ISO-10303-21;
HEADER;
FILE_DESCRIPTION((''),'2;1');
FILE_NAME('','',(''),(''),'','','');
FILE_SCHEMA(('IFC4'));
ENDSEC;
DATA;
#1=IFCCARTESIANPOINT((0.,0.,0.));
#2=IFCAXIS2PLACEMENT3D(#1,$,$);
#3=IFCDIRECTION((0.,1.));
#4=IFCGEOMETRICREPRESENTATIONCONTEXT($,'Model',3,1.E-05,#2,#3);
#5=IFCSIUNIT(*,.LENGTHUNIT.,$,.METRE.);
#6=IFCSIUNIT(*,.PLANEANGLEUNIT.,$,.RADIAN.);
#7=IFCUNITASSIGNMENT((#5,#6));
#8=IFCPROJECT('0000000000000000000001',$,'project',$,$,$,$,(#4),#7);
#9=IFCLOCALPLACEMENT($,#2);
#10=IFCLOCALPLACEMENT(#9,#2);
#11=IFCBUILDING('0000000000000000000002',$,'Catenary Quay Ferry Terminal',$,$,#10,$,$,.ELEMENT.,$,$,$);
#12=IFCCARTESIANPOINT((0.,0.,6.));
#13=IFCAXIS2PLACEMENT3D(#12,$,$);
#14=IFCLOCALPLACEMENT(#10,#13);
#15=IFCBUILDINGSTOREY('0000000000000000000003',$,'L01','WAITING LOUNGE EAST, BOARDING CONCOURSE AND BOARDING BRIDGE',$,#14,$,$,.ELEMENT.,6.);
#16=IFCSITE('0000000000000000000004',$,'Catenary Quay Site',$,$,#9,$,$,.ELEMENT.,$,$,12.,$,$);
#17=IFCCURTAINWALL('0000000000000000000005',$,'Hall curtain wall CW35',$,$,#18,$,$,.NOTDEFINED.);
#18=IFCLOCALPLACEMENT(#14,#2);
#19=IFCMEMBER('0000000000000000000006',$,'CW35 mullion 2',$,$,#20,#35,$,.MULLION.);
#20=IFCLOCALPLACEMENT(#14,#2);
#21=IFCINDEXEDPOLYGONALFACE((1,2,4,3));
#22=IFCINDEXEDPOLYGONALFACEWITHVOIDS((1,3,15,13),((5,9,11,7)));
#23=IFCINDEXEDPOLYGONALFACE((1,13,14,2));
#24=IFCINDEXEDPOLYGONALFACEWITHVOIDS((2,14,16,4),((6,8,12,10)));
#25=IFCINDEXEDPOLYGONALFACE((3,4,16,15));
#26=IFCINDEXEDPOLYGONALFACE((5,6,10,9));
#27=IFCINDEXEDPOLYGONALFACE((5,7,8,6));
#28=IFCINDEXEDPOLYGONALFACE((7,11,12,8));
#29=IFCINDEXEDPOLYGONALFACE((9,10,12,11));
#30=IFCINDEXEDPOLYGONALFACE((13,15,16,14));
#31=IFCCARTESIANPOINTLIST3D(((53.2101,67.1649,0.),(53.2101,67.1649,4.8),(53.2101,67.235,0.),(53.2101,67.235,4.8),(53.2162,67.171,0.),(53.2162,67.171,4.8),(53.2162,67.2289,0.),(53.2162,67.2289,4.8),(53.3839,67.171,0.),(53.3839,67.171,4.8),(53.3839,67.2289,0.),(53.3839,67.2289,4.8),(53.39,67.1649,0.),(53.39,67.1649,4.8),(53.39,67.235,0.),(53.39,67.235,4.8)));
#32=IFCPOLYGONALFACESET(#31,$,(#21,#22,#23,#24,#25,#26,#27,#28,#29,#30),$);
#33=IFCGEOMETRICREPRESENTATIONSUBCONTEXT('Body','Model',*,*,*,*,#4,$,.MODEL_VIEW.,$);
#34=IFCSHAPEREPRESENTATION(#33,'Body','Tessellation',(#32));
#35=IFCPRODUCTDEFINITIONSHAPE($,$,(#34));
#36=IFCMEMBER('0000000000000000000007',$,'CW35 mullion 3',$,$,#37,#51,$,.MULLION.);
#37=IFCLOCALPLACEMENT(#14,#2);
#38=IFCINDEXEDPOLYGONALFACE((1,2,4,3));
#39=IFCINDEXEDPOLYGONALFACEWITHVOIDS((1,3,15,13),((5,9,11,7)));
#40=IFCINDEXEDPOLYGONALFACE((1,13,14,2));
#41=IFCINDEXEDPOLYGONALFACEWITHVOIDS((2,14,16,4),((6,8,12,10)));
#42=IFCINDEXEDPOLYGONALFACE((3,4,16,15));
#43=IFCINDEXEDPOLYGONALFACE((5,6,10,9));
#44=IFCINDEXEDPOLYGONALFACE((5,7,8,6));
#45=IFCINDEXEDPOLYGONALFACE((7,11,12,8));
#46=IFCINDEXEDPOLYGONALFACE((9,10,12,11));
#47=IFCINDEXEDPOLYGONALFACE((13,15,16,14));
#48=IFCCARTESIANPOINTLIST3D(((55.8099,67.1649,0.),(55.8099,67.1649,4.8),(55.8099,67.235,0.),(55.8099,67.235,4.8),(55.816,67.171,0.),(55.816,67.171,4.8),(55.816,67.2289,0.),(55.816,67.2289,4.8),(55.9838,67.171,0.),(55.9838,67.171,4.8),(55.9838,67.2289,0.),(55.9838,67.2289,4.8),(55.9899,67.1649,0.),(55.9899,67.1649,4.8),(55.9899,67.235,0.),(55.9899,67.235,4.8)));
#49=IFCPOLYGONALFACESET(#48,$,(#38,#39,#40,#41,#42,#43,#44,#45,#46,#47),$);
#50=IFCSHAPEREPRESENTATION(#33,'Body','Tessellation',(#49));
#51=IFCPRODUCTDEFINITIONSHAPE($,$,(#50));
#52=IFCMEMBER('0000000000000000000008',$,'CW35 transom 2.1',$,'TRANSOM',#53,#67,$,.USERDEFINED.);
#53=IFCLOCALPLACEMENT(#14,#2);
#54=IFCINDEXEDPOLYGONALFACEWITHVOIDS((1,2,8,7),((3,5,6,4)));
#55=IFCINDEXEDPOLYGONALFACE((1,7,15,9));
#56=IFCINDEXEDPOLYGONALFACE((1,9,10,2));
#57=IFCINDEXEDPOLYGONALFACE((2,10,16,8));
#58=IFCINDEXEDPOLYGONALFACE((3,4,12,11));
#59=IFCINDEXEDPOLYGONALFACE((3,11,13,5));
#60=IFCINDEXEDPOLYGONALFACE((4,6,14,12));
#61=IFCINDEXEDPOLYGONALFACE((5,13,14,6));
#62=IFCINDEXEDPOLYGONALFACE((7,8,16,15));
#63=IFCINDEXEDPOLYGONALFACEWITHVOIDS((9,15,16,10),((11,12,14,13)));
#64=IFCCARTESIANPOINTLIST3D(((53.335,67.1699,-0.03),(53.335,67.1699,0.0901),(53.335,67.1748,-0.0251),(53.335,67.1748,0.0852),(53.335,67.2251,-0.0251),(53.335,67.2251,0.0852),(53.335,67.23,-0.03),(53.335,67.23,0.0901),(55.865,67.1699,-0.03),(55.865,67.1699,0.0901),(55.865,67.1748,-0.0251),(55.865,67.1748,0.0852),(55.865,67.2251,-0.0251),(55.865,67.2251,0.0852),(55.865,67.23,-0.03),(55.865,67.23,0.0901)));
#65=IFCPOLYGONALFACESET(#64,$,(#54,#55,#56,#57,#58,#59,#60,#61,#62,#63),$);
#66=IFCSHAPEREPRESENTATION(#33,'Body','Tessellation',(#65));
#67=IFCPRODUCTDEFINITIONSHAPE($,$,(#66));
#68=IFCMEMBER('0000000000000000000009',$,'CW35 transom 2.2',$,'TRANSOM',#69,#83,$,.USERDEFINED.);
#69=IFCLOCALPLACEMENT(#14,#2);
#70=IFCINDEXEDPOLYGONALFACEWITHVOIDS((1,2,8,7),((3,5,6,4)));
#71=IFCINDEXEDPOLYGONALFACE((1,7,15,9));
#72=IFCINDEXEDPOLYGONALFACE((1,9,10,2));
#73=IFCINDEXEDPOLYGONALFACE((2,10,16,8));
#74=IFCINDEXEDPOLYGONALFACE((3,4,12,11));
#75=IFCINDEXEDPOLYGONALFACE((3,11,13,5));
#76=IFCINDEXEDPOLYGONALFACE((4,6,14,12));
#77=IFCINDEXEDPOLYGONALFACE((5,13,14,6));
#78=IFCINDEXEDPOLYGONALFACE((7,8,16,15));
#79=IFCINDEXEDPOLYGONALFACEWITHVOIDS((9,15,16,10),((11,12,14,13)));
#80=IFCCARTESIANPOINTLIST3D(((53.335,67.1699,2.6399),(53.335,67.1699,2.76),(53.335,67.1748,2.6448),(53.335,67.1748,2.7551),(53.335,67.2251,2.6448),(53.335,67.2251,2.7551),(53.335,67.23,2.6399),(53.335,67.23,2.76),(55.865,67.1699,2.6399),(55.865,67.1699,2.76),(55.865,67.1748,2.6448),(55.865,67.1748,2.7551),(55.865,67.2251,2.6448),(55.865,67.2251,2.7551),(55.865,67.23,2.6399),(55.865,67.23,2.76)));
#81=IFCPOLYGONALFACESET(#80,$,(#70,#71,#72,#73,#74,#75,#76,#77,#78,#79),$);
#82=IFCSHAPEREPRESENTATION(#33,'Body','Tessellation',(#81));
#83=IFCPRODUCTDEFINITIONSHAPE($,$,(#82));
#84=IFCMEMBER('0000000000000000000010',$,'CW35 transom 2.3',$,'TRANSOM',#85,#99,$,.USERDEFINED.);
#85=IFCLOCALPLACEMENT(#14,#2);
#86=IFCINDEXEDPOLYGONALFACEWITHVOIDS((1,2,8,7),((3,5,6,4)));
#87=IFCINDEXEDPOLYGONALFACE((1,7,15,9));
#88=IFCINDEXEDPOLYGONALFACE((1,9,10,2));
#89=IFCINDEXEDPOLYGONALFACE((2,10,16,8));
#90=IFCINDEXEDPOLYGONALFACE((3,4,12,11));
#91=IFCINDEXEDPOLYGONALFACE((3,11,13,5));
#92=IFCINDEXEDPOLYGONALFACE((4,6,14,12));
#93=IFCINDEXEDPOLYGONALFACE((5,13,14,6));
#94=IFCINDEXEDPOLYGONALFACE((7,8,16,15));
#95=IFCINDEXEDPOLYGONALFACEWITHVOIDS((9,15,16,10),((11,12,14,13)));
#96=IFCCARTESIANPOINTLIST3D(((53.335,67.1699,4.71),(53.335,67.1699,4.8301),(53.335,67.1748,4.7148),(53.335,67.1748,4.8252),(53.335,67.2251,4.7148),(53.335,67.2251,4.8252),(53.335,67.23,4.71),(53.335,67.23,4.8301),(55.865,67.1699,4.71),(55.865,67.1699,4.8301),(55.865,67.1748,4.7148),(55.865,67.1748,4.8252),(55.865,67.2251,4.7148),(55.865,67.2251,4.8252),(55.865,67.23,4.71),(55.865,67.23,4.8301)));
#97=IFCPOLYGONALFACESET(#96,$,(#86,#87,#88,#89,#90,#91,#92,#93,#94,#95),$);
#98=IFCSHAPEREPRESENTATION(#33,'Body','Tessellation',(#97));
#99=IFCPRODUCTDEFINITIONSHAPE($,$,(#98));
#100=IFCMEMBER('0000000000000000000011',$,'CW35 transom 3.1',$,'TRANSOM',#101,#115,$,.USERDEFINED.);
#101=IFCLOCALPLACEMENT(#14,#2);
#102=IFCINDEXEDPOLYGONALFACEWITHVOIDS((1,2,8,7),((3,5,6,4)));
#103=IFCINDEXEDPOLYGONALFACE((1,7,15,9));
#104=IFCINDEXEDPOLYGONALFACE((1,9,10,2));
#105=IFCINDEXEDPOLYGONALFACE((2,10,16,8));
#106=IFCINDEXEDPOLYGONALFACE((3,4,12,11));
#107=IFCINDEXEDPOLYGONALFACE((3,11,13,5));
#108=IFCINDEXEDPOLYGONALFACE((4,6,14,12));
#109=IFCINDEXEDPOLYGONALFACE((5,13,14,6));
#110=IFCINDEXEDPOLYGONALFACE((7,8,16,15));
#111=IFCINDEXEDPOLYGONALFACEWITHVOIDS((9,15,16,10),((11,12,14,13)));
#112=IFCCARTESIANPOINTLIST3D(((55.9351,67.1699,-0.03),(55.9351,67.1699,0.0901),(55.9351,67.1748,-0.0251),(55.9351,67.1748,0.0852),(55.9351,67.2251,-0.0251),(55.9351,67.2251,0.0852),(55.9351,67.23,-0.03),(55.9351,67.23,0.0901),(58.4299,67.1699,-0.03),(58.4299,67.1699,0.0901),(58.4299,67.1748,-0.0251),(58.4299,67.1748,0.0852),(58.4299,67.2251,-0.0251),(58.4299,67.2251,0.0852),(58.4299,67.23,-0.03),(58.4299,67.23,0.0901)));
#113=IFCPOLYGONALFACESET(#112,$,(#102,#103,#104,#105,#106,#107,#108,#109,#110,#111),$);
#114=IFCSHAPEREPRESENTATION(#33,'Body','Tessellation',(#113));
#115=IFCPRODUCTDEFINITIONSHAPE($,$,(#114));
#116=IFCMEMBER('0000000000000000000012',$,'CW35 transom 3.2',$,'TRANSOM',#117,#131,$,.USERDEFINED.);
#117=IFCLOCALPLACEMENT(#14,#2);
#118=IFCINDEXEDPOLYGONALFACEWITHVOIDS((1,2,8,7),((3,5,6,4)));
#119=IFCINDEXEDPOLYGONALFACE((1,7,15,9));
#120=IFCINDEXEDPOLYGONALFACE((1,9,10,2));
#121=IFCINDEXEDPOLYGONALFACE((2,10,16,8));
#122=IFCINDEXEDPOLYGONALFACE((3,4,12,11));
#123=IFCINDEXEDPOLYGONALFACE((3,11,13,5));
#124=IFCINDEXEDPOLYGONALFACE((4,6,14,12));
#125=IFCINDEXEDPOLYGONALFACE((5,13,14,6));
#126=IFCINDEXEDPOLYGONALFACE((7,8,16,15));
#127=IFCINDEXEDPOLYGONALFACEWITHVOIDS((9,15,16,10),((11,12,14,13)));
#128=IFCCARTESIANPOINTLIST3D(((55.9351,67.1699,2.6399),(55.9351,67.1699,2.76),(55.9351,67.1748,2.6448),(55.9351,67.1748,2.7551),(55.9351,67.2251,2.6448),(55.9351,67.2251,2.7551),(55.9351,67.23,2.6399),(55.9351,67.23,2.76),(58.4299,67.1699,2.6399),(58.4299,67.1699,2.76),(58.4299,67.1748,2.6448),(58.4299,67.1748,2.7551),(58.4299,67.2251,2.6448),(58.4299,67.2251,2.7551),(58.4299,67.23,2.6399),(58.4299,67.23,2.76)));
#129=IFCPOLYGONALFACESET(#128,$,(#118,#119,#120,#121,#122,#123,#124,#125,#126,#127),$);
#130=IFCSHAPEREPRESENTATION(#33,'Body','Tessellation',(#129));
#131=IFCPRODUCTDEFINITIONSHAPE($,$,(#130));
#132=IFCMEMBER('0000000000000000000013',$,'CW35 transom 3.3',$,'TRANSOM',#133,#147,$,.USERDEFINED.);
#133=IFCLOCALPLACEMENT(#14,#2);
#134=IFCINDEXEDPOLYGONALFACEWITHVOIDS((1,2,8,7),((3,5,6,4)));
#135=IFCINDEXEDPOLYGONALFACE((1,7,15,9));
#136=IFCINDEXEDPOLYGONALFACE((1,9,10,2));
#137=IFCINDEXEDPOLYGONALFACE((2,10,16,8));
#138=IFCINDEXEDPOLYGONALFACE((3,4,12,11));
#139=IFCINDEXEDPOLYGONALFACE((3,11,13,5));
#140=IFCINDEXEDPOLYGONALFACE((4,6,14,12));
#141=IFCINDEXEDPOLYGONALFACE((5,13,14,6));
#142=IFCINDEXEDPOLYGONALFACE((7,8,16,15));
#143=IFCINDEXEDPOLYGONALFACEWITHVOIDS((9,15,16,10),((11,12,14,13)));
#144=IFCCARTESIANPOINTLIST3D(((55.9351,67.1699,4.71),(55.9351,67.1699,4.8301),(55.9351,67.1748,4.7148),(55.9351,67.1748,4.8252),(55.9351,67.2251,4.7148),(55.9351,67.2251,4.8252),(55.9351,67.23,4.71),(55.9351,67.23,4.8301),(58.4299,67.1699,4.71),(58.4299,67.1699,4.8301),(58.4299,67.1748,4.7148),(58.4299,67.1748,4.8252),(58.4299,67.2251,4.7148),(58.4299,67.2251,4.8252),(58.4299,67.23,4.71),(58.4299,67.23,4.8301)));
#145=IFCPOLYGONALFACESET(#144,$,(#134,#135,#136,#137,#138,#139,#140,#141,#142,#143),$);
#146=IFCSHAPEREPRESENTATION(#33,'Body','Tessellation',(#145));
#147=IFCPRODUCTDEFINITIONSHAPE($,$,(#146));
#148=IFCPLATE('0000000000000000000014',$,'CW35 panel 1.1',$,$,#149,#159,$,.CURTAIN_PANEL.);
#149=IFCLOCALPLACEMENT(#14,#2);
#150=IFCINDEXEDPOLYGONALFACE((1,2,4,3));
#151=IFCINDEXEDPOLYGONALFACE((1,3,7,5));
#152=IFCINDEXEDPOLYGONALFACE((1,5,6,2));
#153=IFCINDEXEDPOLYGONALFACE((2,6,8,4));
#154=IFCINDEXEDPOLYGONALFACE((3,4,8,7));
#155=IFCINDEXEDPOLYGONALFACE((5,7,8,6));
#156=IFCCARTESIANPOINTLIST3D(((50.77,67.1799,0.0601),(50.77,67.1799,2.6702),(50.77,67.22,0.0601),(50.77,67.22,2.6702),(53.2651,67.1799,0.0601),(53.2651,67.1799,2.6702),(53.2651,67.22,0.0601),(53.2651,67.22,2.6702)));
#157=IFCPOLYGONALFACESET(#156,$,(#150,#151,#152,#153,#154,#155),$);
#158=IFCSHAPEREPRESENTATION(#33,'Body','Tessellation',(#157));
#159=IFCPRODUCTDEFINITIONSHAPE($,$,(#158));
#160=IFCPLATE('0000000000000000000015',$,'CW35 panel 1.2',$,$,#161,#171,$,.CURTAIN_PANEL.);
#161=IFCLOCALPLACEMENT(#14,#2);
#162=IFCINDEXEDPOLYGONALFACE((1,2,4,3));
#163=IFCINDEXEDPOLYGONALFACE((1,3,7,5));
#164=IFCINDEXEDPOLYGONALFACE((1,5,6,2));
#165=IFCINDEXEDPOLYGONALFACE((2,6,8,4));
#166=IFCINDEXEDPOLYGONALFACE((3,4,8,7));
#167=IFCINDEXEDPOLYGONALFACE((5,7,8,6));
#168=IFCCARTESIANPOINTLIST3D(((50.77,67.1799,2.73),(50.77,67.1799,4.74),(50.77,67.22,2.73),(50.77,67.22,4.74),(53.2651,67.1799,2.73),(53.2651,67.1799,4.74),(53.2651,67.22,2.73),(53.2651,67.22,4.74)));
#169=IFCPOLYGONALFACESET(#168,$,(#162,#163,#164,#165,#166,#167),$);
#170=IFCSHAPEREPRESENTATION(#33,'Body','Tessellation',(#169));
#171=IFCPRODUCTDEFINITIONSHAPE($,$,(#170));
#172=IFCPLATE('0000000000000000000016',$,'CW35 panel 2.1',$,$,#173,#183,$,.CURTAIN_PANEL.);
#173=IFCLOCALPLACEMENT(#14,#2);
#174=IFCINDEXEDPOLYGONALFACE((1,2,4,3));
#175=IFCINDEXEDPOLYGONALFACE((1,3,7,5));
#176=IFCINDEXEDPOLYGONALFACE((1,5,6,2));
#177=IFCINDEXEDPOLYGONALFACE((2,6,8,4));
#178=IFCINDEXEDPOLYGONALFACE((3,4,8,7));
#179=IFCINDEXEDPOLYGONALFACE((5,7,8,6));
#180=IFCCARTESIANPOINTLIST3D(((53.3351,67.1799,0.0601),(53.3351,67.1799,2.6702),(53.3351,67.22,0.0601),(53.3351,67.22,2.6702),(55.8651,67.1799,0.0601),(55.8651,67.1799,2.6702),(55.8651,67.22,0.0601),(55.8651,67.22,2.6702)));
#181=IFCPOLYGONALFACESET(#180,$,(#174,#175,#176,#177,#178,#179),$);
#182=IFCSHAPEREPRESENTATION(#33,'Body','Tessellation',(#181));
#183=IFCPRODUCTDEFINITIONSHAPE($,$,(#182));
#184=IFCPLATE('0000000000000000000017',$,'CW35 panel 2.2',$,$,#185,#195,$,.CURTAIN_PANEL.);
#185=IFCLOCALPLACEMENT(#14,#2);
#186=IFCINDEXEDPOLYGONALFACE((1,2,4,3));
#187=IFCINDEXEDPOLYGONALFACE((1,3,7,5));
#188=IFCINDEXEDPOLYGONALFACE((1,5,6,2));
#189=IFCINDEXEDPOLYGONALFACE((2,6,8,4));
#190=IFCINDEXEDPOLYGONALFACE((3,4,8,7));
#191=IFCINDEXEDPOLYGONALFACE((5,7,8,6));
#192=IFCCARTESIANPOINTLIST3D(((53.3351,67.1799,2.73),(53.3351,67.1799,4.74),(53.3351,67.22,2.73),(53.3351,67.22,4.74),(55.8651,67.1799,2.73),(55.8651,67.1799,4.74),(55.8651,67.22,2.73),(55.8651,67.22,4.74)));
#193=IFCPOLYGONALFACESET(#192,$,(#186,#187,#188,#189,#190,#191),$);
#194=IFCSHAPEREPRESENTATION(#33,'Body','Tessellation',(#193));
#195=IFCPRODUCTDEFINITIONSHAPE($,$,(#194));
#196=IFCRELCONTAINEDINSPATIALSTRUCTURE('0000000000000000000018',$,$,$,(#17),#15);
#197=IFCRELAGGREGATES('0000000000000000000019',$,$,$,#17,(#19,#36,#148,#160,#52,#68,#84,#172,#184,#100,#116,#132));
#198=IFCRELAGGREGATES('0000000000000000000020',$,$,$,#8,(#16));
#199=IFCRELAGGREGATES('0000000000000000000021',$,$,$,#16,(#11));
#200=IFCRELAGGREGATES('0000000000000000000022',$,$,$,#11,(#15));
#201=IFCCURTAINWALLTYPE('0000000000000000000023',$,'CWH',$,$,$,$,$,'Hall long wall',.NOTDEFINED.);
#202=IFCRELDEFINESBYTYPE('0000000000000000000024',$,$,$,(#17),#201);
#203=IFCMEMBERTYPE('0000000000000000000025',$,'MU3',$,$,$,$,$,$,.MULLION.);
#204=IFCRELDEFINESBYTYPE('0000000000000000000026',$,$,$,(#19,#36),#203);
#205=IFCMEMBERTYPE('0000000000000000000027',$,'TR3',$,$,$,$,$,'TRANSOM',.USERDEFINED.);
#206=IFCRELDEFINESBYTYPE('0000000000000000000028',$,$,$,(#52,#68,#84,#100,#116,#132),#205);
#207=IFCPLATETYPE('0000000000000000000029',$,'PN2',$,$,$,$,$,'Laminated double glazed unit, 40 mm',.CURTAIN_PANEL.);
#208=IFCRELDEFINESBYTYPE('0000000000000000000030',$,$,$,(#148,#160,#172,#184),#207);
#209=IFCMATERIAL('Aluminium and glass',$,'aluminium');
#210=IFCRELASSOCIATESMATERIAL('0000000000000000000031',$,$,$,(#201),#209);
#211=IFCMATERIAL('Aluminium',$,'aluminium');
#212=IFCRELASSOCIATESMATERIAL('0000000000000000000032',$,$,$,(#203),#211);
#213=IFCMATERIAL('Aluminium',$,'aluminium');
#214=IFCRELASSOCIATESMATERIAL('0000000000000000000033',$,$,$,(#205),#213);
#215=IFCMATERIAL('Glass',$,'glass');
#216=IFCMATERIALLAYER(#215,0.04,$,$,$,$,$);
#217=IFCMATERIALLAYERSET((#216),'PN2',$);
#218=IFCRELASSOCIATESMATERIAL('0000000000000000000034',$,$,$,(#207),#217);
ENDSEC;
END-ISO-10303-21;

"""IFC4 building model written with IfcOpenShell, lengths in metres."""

from ifc_helpers import new_model, si_unit, direction, frame, origin, origin_2d, place, context, subcontext, project, spatial, rectangle, hollow_rectangle, extrude, material, layer, layer_set, material_profile, profile_set, type_object, element, aggregate, save


model = new_model("IFC4")

# Units and contexts
model_context = context("Model", 3, precision=1e-05, world=origin(), true_north=direction((0.0, 1.0)))
body_context = subcontext(model_context, "Body", "Model", "MODEL_VIEW")
ifc_project = project(units=[si_unit("LENGTHUNIT", "METRE"), si_unit("PLANEANGLEUNIT", "RADIAN")], contexts=[model_context])

# Site, building, storey
site_placement = place(None, origin())
site = spatial("IfcSite", under=ifc_project, at=site_placement, Name="Catenary Quay Site", CompositionType="ELEMENT", RefElevation=12.0)
building_placement = place(site_placement, origin())
building = spatial("IfcBuilding", under=site, at=building_placement, Name="Catenary Quay Ferry Terminal", CompositionType="ELEMENT")
storey_placement = place(building_placement, frame((0.0, 0.0, 6.0)))
storey = spatial("IfcBuildingStorey", under=building, at=storey_placement, Name="L01", Description="WAITING LOUNGE EAST, BOARDING CONCOURSE AND BOARDING BRIDGE", CompositionType="ELEMENT", Elevation=6.0)

# Curtain wall, members, plates
ifc_material_1 = material(Name="Aluminium and glass", Category="aluminium")
curtain_wall_type = type_object("IfcCurtainWallType", Name="CWH", ElementType="Hall long wall", PredefinedType="NOTDEFINED", material=ifc_material_1)
curtain_wall_placement = place(storey_placement, origin())
curtain_wall = element("IfcCurtainWall", 1, at=curtain_wall_placement, inside=storey, type_object=curtain_wall_type, Name="Hall curtain wall CW35", PredefinedType="NOTDEFINED")
ifc_material_2 = material(Name="Aluminium", Category="aluminium")
ifc_material_profile_1 = material_profile(ifc_material_2, hollow_rectangle(XDim=0.0701, YDim=0.1799, WallThickness=0.0061, at=origin_2d()), Name="MU3")
ifc_profile_set_1 = profile_set([ifc_material_profile_1], Name="Aluminium")
member_type_1 = type_object("IfcMemberType", Name="MU3", PredefinedType="MULLION", material=ifc_profile_set_1)
member_1_placement = place(storey_placement, frame((53.3, 67.2, 0.0), z_axis=(0.0, 0.0, 1.0), x_axis=(0.0, 1.0, 0.0)))
member_1 = element("IfcMember", 2, at=member_1_placement, type_object=member_type_1, Name="CW35 mullion 2", PredefinedType="MULLION", context=body_context, shape_type="SweptSolid", body=[
    extrude(hollow_rectangle(XDim=0.0701, YDim=0.1799, WallThickness=0.0061, at=origin_2d()), origin(), (0.0, 0.0, 1.0), 4.8),
])
member_2_placement = place(storey_placement, frame((55.8999, 67.2, 0.0), z_axis=(0.0, 0.0, 1.0), x_axis=(0.0, 1.0, 0.0)))
member_2 = element("IfcMember", 3, at=member_2_placement, type_object=member_type_1, Name="CW35 mullion 3", PredefinedType="MULLION", context=body_context, shape_type="SweptSolid", body=[
    extrude(hollow_rectangle(XDim=0.0701, YDim=0.1799, WallThickness=0.0061, at=origin_2d()), origin(), (0.0, 0.0, 1.0), 4.8),
])
ifc_material_3 = material(Name="Aluminium", Category="aluminium")
ifc_material_profile_2 = material_profile(ifc_material_3, hollow_rectangle(XDim=0.0601, YDim=0.1201, WallThickness=0.0049, at=origin_2d()), Name="TR3")
ifc_profile_set_2 = profile_set([ifc_material_profile_2], Name="Aluminium")
member_type_2 = type_object("IfcMemberType", Name="TR3", ElementType="TRANSOM", PredefinedType="USERDEFINED", material=ifc_profile_set_2)
member_3_placement = place(storey_placement, frame((53.335, 67.2, 0.03), z_axis=(1.0, 0.0, 0.0), x_axis=(0.0, 1.0, 0.0)))
member_3 = element("IfcMember", 4, at=member_3_placement, type_object=member_type_2, Name="CW35 transom 2.1", ObjectType="TRANSOM", PredefinedType="USERDEFINED", context=body_context, shape_type="SweptSolid", body=[
    extrude(hollow_rectangle(XDim=0.0601, YDim=0.1201, WallThickness=0.0049, at=origin_2d()), origin(), (0.0, 0.0, 1.0), 2.53),
])
member_4_placement = place(storey_placement, frame((53.335, 67.2, 2.7), z_axis=(1.0, 0.0, 0.0), x_axis=(0.0, 1.0, 0.0)))
member_4 = element("IfcMember", 5, at=member_4_placement, type_object=member_type_2, Name="CW35 transom 2.2", ObjectType="TRANSOM", PredefinedType="USERDEFINED", context=body_context, shape_type="SweptSolid", body=[
    extrude(hollow_rectangle(XDim=0.0601, YDim=0.1201, WallThickness=0.0049, at=origin_2d()), origin(), (0.0, 0.0, 1.0), 2.53),
])
member_5_placement = place(storey_placement, frame((53.335, 67.2, 4.77), z_axis=(1.0, 0.0, 0.0), x_axis=(0.0, 1.0, 0.0)))
member_5 = element("IfcMember", 6, at=member_5_placement, type_object=member_type_2, Name="CW35 transom 2.3", ObjectType="TRANSOM", PredefinedType="USERDEFINED", context=body_context, shape_type="SweptSolid", body=[
    extrude(hollow_rectangle(XDim=0.0601, YDim=0.1201, WallThickness=0.0049, at=origin_2d()), origin(), (0.0, 0.0, 1.0), 2.53),
])
member_6_placement = place(storey_placement, frame((55.9351, 67.2, 0.03), z_axis=(1.0, 0.0, 0.0), x_axis=(0.0, 1.0, 0.0)))
member_6 = element("IfcMember", 7, at=member_6_placement, type_object=member_type_2, Name="CW35 transom 3.1", ObjectType="TRANSOM", PredefinedType="USERDEFINED", context=body_context, shape_type="SweptSolid", body=[
    extrude(hollow_rectangle(XDim=0.0601, YDim=0.1201, WallThickness=0.0049, at=origin_2d()), origin(), (0.0, 0.0, 1.0), 2.4949),
])
member_7_placement = place(storey_placement, frame((55.9351, 67.2, 2.7), z_axis=(1.0, 0.0, 0.0), x_axis=(0.0, 1.0, 0.0)))
member_7 = element("IfcMember", 8, at=member_7_placement, type_object=member_type_2, Name="CW35 transom 3.2", ObjectType="TRANSOM", PredefinedType="USERDEFINED", context=body_context, shape_type="SweptSolid", body=[
    extrude(hollow_rectangle(XDim=0.0601, YDim=0.1201, WallThickness=0.0049, at=origin_2d()), origin(), (0.0, 0.0, 1.0), 2.4949),
])
member_8_placement = place(storey_placement, frame((55.9351, 67.2, 4.77), z_axis=(1.0, 0.0, 0.0), x_axis=(0.0, 1.0, 0.0)))
member_8 = element("IfcMember", 9, at=member_8_placement, type_object=member_type_2, Name="CW35 transom 3.3", ObjectType="TRANSOM", PredefinedType="USERDEFINED", context=body_context, shape_type="SweptSolid", body=[
    extrude(hollow_rectangle(XDim=0.0601, YDim=0.1201, WallThickness=0.0049, at=origin_2d()), origin(), (0.0, 0.0, 1.0), 2.4949),
])
ifc_material_4 = material(Name="Glass", Category="glass")
ifc_layer = layer(ifc_material_4, 0.04)
ifc_layer_set = layer_set([ifc_layer], Name="PN2")
plate_type = type_object("IfcPlateType", Name="PN2", ElementType="Laminated double glazed unit, 40 mm", PredefinedType="CURTAIN_PANEL", material=ifc_layer_set)
plate_1_placement = place(storey_placement, frame((52.0176, 67.2, 0.0601), z_axis=(0.0, 0.0, 1.0), x_axis=(1.0, 0.0, 0.0)))
plate_1 = element("IfcPlate", 10, at=plate_1_placement, type_object=plate_type, Name="CW35 panel 1.1", PredefinedType="CURTAIN_PANEL", context=body_context, shape_type="SweptSolid", body=[
    extrude(rectangle(XDim=2.4951, YDim=0.04, at=origin_2d()), origin(), (0.0, 0.0, 1.0), 2.6101),
])
plate_2_placement = place(storey_placement, frame((52.0176, 67.2, 2.73), z_axis=(0.0, 0.0, 1.0), x_axis=(1.0, 0.0, 0.0)))
plate_2 = element("IfcPlate", 11, at=plate_2_placement, type_object=plate_type, Name="CW35 panel 1.2", PredefinedType="CURTAIN_PANEL", context=body_context, shape_type="SweptSolid", body=[
    extrude(rectangle(XDim=2.4951, YDim=0.04, at=origin_2d()), origin(), (0.0, 0.0, 1.0), 2.01),
])
plate_3_placement = place(storey_placement, frame((54.6001, 67.2, 0.0601), z_axis=(0.0, 0.0, 1.0), x_axis=(1.0, 0.0, 0.0)))
plate_3 = element("IfcPlate", 12, at=plate_3_placement, type_object=plate_type, Name="CW35 panel 2.1", PredefinedType="CURTAIN_PANEL", context=body_context, shape_type="SweptSolid", body=[
    extrude(rectangle(XDim=2.53, YDim=0.04, at=origin_2d()), origin(), (0.0, 0.0, 1.0), 2.6101),
])
plate_4_placement = place(storey_placement, frame((54.6001, 67.2, 2.73), z_axis=(0.0, 0.0, 1.0), x_axis=(1.0, 0.0, 0.0)))
plate_4 = element("IfcPlate", 13, at=plate_4_placement, type_object=plate_type, Name="CW35 panel 2.2", PredefinedType="CURTAIN_PANEL", context=body_context, shape_type="SweptSolid", body=[
    extrude(rectangle(XDim=2.53, YDim=0.04, at=origin_2d()), origin(), (0.0, 0.0, 1.0), 2.01),
])
aggregate(curtain_wall, [member_1, member_2, plate_1, plate_2, member_3, member_4, member_5, plate_3, plate_4, member_6, member_7, member_8])

save(model, "model.ifc")
